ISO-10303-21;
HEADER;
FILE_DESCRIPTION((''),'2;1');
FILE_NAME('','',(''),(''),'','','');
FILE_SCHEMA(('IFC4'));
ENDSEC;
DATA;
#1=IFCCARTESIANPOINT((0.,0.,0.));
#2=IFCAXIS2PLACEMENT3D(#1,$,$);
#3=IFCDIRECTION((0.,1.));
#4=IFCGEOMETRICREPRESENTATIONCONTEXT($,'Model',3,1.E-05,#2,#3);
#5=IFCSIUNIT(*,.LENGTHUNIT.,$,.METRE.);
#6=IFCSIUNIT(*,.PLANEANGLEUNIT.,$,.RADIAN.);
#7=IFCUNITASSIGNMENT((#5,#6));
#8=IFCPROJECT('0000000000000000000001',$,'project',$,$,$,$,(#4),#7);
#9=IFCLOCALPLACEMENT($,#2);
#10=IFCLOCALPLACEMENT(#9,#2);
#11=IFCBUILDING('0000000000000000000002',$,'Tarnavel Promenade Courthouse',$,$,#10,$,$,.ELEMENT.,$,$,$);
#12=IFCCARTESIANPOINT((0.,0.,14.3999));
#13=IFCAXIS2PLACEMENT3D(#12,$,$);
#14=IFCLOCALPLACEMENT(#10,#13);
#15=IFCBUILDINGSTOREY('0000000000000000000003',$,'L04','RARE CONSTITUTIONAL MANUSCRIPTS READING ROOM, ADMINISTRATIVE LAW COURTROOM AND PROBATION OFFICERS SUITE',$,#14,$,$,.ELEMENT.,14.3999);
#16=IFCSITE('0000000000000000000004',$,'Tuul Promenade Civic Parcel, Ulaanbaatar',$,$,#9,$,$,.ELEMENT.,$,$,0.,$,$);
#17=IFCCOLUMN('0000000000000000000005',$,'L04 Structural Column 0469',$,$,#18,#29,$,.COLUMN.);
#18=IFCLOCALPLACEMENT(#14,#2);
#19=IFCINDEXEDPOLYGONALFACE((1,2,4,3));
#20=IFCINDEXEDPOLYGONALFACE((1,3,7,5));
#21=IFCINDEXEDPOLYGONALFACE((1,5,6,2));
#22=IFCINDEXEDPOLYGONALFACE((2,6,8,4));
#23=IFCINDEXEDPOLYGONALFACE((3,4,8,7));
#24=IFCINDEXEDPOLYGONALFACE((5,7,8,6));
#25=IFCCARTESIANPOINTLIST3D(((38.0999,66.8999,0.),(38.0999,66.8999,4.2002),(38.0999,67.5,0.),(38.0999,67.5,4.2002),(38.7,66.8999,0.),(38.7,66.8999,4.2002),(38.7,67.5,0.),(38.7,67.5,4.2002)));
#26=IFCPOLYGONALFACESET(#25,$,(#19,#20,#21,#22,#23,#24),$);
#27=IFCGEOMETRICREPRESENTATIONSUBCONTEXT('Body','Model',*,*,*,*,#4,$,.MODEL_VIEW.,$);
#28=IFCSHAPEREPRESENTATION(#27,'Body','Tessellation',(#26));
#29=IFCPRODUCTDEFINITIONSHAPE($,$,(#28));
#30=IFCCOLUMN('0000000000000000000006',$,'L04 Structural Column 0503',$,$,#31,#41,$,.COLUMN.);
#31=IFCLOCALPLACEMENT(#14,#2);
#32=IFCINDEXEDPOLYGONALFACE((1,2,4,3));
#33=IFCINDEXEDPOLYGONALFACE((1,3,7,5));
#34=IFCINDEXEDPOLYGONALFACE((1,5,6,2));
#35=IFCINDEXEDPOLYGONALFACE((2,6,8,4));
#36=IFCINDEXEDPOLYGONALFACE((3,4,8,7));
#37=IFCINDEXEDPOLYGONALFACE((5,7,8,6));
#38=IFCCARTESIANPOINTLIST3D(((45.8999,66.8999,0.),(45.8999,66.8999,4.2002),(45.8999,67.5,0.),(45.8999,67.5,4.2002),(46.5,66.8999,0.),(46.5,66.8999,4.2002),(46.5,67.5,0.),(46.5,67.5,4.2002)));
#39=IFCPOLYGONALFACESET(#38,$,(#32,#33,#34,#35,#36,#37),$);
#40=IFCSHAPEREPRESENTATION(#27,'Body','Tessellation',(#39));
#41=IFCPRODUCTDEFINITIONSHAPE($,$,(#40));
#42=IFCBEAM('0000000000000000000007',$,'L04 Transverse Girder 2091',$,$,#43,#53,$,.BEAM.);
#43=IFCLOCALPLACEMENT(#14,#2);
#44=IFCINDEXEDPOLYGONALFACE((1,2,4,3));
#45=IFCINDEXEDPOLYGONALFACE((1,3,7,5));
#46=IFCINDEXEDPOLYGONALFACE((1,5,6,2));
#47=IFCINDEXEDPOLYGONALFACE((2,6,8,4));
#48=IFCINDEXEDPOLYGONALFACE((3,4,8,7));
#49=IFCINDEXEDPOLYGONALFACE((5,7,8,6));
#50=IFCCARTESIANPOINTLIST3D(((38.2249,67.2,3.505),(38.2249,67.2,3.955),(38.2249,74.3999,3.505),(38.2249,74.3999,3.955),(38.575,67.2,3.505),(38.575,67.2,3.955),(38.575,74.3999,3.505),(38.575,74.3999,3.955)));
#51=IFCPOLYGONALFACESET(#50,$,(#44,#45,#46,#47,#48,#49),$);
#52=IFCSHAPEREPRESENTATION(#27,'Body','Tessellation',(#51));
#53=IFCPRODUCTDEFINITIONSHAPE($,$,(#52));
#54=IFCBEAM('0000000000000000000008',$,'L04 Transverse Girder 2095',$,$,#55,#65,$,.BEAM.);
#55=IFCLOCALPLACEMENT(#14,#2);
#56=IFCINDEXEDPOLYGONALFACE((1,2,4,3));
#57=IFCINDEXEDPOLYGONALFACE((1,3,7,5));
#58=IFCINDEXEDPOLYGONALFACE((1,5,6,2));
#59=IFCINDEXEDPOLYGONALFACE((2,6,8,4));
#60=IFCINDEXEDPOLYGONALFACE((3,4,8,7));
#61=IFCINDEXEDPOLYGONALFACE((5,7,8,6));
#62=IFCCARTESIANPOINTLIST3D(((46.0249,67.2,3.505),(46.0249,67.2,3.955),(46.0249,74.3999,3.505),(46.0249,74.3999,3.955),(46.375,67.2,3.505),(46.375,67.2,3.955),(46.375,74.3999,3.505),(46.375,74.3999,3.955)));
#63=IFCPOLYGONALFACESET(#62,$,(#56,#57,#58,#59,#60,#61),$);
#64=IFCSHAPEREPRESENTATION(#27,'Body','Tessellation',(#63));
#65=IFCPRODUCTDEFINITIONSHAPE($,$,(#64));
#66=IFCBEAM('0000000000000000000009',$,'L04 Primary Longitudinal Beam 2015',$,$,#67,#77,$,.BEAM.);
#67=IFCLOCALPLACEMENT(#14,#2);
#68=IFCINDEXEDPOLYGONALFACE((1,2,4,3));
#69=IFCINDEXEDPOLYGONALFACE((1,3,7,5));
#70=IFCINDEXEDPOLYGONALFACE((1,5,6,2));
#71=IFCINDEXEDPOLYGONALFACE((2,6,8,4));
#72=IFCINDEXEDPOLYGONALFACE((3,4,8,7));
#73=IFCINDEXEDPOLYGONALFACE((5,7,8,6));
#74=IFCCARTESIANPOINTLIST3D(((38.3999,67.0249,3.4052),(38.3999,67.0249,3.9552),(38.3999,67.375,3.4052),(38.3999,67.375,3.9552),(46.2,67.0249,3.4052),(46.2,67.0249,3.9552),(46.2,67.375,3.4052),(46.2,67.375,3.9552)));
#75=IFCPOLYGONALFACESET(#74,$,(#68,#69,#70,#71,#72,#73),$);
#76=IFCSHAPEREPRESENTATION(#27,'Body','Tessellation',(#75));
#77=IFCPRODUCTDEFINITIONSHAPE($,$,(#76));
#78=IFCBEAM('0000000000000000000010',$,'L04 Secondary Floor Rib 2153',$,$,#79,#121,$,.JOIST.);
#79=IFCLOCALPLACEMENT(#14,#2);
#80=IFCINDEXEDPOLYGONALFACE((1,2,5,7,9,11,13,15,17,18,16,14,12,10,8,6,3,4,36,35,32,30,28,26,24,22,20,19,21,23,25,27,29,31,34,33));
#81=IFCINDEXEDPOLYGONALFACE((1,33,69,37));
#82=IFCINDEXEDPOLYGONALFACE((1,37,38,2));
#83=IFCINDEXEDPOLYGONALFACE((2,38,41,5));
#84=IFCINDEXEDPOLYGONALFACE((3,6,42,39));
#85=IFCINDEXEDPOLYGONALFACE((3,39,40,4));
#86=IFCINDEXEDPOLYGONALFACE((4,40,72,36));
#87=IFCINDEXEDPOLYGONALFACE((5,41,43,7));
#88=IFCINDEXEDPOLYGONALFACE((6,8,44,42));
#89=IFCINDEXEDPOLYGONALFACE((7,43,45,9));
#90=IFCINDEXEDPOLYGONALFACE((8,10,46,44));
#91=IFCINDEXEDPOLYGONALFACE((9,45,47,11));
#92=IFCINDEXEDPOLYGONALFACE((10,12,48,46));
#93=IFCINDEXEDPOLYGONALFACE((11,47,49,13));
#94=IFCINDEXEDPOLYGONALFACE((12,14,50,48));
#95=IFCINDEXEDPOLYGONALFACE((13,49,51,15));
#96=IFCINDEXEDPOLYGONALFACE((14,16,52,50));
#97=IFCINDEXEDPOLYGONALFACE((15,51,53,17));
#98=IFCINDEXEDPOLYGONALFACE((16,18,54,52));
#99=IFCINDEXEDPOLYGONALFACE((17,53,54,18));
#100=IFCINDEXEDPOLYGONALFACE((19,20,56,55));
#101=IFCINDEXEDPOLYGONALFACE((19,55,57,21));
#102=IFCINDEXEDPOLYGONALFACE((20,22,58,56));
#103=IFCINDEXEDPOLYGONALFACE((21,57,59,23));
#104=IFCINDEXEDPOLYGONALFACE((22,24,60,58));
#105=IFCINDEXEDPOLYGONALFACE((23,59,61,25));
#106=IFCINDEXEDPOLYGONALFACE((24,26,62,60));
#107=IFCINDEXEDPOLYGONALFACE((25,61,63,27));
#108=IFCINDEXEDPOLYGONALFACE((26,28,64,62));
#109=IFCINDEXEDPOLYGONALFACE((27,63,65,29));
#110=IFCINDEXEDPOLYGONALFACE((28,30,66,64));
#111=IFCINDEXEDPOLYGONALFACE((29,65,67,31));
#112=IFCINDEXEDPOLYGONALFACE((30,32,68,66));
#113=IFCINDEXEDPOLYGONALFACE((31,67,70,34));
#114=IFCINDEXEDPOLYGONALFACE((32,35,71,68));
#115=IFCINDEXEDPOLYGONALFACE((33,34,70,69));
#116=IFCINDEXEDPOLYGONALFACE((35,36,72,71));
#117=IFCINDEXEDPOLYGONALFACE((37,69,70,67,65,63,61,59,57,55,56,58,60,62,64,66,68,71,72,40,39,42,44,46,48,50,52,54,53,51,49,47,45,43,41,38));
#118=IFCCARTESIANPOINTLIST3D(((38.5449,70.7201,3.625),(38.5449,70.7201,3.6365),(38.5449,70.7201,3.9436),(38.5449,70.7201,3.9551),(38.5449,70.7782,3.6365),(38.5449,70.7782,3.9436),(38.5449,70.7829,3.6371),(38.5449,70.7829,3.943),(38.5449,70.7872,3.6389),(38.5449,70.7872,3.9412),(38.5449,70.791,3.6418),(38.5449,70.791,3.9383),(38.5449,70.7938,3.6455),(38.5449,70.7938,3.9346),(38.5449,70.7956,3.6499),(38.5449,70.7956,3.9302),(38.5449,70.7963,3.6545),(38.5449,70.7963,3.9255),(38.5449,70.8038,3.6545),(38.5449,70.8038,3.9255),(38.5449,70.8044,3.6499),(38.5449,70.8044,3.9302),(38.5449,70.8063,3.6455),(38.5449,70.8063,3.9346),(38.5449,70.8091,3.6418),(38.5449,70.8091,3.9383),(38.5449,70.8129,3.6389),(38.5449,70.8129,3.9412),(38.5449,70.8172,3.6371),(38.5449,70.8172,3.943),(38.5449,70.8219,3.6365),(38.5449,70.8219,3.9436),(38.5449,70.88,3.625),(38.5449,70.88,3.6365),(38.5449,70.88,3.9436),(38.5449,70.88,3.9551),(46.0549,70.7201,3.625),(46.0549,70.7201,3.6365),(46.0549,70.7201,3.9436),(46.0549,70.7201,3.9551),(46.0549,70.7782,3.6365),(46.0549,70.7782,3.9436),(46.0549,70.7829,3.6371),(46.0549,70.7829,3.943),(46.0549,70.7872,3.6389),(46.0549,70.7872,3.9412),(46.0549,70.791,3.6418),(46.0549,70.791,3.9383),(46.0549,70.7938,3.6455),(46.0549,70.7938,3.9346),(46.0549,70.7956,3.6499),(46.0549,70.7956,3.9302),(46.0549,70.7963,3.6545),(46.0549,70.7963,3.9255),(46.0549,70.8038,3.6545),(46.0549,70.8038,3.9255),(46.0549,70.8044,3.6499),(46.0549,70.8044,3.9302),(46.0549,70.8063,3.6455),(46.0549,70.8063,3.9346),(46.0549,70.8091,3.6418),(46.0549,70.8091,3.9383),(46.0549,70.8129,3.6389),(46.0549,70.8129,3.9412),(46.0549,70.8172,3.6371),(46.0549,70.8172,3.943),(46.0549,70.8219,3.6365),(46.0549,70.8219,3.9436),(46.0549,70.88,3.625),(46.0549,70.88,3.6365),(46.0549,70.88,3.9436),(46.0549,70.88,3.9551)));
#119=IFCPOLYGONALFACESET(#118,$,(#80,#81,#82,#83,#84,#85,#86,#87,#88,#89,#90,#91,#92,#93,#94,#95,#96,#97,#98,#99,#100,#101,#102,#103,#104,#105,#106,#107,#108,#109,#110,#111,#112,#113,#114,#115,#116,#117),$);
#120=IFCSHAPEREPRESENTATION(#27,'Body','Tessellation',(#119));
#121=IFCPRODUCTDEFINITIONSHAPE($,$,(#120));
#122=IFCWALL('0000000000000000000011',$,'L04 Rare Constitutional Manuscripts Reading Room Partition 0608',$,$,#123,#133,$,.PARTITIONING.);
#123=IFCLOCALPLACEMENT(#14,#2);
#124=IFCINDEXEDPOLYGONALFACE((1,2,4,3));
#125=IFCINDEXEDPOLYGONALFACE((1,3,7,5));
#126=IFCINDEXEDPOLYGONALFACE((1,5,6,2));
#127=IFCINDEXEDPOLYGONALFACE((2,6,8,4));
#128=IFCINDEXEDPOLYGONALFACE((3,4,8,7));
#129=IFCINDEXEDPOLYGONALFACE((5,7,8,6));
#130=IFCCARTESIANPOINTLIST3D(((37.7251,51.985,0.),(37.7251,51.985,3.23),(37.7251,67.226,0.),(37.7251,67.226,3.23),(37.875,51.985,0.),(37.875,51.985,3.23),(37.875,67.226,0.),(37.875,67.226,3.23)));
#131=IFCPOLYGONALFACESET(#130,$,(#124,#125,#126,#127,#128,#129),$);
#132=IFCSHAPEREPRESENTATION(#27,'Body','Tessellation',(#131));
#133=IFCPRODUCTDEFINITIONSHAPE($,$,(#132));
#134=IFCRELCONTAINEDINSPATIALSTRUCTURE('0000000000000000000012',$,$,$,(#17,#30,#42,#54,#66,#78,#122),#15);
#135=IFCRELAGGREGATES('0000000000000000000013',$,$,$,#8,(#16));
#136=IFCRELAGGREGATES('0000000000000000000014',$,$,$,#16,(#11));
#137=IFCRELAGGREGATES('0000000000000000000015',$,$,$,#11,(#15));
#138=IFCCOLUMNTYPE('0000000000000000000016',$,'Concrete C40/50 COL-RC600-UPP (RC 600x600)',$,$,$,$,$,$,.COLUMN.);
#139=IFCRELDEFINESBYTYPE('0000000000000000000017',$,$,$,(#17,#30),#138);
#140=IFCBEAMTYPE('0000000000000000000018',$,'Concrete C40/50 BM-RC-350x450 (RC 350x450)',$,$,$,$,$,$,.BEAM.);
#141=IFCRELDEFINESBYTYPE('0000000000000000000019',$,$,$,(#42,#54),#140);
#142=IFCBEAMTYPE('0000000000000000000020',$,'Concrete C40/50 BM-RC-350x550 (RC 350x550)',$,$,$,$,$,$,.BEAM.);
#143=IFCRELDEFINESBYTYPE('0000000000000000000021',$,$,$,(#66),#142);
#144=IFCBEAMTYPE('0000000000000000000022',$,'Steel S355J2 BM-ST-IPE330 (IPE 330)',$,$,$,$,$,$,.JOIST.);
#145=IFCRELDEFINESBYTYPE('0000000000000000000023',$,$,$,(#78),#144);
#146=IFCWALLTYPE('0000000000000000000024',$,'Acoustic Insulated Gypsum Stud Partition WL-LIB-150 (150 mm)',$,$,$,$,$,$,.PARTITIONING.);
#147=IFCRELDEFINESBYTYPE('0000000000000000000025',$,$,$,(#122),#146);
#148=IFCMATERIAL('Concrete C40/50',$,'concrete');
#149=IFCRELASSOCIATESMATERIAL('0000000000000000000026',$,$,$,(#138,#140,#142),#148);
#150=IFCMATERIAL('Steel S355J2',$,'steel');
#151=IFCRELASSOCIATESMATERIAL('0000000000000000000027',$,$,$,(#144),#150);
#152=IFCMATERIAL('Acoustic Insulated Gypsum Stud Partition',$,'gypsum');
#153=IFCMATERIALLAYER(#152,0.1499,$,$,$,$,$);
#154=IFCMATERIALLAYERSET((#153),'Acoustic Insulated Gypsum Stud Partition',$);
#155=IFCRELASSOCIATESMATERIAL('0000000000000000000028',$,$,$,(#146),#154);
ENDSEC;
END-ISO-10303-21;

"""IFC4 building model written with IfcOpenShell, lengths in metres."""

from ifc_helpers import new_model, si_unit, direction, frame, frame_2d, origin, origin_2d, place, context, subcontext, project, spatial, rectangle, i_section, extrude, material, layer, layer_set, material_profile, profile_set, type_object, element, save


model = new_model("IFC4")

# Units and contexts
model_context = context("Model", 3, precision=1e-05, world=origin(), true_north=direction((0.0, 1.0)))
body_context = subcontext(model_context, "Body", "Model", "MODEL_VIEW")
ifc_project = project(units=[si_unit("LENGTHUNIT", "METRE"), si_unit("PLANEANGLEUNIT", "RADIAN")], contexts=[model_context])

# Site, building, storey
site_placement = place(None, origin())
site = spatial("IfcSite", under=ifc_project, at=site_placement, Name="Tuul Promenade Civic Parcel, Ulaanbaatar", CompositionType="ELEMENT", RefElevation=0.0)
building_placement = place(site_placement, origin())
building = spatial("IfcBuilding", under=site, at=building_placement, Name="Tarnavel Promenade Courthouse", CompositionType="ELEMENT")
storey_placement = place(building_placement, frame((0.0, 0.0, 14.3999)))
storey = spatial("IfcBuildingStorey", under=building, at=storey_placement, Name="L04", Description="RARE CONSTITUTIONAL MANUSCRIPTS READING ROOM, ADMINISTRATIVE LAW COURTROOM AND PROBATION OFFICERS SUITE", CompositionType="ELEMENT", Elevation=14.3999)

# Columns
ifc_material_1 = material(Name="Concrete C40/50", Category="concrete")
ifc_material_profile_1 = material_profile(ifc_material_1, rectangle(XDim=0.6001, YDim=0.6001, at=origin_2d()), Name="RC 600x600")
ifc_profile_set_1 = profile_set([ifc_material_profile_1], Name="Concrete C40/50")
column_type = type_object("IfcColumnType", Name="Concrete C40/50 COL-RC600-UPP (RC 600x600)", PredefinedType="COLUMN", material=ifc_profile_set_1)
for number, where, z_axis, x_axis, name in (
    (1, (38.3999, 67.2, 0.0), (0.0, 0.0, 1.0), (1.0, 0.0, 0.0), "L04 Structural Column 0469"),
    (2, (46.2, 67.2, 0.0), (0.0, 0.0, 1.0), (1.0, 0.0, 0.0), "L04 Structural Column 0503"),
):
    element("IfcColumn", number, at=place(storey_placement, frame(where, z_axis=z_axis, x_axis=x_axis)), inside=storey, type_object=column_type, Name=name, PredefinedType="COLUMN", context=body_context, shape_type="SweptSolid", body=[
        extrude(rectangle(XDim=0.6001, YDim=0.6001, at=origin_2d()), origin(), (0.0, 0.0, 1.0), 4.2002),
    ])

# Beams
ifc_material_profile_2 = material_profile(ifc_material_1, rectangle(XDim=0.3501, YDim=0.45, at=origin_2d()), Name="RC 350x450")
ifc_profile_set_2 = profile_set([ifc_material_profile_2], Name="Concrete C40/50")
beam_type_1 = type_object("IfcBeamType", Name="Concrete C40/50 BM-RC-350x450 (RC 350x450)", PredefinedType="BEAM", material=ifc_profile_set_2)
for number, where, z_axis, x_axis, name in (
    (3, (38.3999, 67.2, 3.73), (0.0, 1.0, 0.0), (-1.0, 0.0, 0.0), "L04 Transverse Girder 2091"),
    (4, (46.2, 67.2, 3.73), (0.0, 1.0, 0.0), (-1.0, 0.0, 0.0), "L04 Transverse Girder 2095"),
):
    element("IfcBeam", number, at=place(storey_placement, frame(where, z_axis=z_axis, x_axis=x_axis)), inside=storey, type_object=beam_type_1, Name=name, PredefinedType="BEAM", context=body_context, shape_type="SweptSolid", body=[
        extrude(rectangle(XDim=0.3501, YDim=0.45, at=origin_2d()), origin(), (0.0, 0.0, 1.0), 7.2),
    ])
ifc_material_profile_3 = material_profile(ifc_material_1, rectangle(XDim=0.3501, YDim=0.55, at=origin_2d()), Name="RC 350x550")
ifc_profile_set_3 = profile_set([ifc_material_profile_3], Name="Concrete C40/50")
beam_type_2 = type_object("IfcBeamType", Name="Concrete C40/50 BM-RC-350x550 (RC 350x550)", PredefinedType="BEAM", material=ifc_profile_set_3)
beam_1_placement = place(storey_placement, frame((38.3999, 67.2, 3.6802), z_axis=(1.0, 0.0, 0.0), x_axis=(0.0, 1.0, 0.0)))
element("IfcBeam", 5, at=beam_1_placement, inside=storey, type_object=beam_type_2, Name="L04 Primary Longitudinal Beam 2015", PredefinedType="BEAM", context=body_context, shape_type="SweptSolid", body=[
    extrude(rectangle(XDim=0.3501, YDim=0.55, at=origin_2d()), origin(), (0.0, 0.0, 1.0), 7.8),
])
ifc_material_2 = material(Name="Steel S355J2", Category="steel")
ifc_material_profile_4 = material_profile(ifc_material_2, i_section(OverallWidth=0.1599, OverallDepth=0.3301, WebThickness=0.0076, FlangeThickness=0.0115, FilletRadius=0.0181, at=origin_2d()), Name="IPE 330")
ifc_profile_set_4 = profile_set([ifc_material_profile_4], Name="Steel S355J2")
beam_type_3 = type_object("IfcBeamType", Name="Steel S355J2 BM-ST-IPE330 (IPE 330)", PredefinedType="JOIST", material=ifc_profile_set_4)
beam_2_placement = place(storey_placement, frame((38.5449, 70.8, 3.79), z_axis=(1.0, 0.0, 0.0), x_axis=(0.0, 1.0, 0.0)))
element("IfcBeam", 6, at=beam_2_placement, inside=storey, type_object=beam_type_3, Name="L04 Secondary Floor Rib 2153", PredefinedType="JOIST", context=body_context, shape_type="SweptSolid", body=[
    extrude(i_section(OverallWidth=0.1599, OverallDepth=0.3301, WebThickness=0.0076, FlangeThickness=0.0115, FilletRadius=0.0181, at=origin_2d()), origin(), (0.0, 0.0, 1.0), 7.51),
])

# Wall
ifc_material_3 = material(Name="Acoustic Insulated Gypsum Stud Partition", Category="gypsum")
ifc_layer_1 = layer(ifc_material_3, 0.1499)
ifc_layer_set_1 = layer_set([ifc_layer_1], Name="Acoustic Insulated Gypsum Stud Partition")
wall_type_1 = type_object("IfcWallType", Name="Acoustic Insulated Gypsum Stud Partition WL-LIB-150 (150 mm)", PredefinedType="PARTITIONING", material=ifc_layer_set_1)
wall_1_placement = place(storey_placement, frame((37.8, 67.2261, 0.0), z_axis=(0.0, 0.0, 1.0), x_axis=(0.0, -1.0, 0.0)))
element("IfcWall", 7, at=wall_1_placement, inside=storey, type_object=wall_type_1, Name="L04 Rare Constitutional Manuscripts Reading Room Partition 0608", PredefinedType="PARTITIONING", context=body_context, shape_type="SweptSolid", body=[
    extrude(rectangle(XDim=15.241, YDim=0.1499, at=frame_2d((7.6206, 0.0))), origin(), (0.0, 0.0, 1.0), 3.23),
])

save(model, "model.ifc")
